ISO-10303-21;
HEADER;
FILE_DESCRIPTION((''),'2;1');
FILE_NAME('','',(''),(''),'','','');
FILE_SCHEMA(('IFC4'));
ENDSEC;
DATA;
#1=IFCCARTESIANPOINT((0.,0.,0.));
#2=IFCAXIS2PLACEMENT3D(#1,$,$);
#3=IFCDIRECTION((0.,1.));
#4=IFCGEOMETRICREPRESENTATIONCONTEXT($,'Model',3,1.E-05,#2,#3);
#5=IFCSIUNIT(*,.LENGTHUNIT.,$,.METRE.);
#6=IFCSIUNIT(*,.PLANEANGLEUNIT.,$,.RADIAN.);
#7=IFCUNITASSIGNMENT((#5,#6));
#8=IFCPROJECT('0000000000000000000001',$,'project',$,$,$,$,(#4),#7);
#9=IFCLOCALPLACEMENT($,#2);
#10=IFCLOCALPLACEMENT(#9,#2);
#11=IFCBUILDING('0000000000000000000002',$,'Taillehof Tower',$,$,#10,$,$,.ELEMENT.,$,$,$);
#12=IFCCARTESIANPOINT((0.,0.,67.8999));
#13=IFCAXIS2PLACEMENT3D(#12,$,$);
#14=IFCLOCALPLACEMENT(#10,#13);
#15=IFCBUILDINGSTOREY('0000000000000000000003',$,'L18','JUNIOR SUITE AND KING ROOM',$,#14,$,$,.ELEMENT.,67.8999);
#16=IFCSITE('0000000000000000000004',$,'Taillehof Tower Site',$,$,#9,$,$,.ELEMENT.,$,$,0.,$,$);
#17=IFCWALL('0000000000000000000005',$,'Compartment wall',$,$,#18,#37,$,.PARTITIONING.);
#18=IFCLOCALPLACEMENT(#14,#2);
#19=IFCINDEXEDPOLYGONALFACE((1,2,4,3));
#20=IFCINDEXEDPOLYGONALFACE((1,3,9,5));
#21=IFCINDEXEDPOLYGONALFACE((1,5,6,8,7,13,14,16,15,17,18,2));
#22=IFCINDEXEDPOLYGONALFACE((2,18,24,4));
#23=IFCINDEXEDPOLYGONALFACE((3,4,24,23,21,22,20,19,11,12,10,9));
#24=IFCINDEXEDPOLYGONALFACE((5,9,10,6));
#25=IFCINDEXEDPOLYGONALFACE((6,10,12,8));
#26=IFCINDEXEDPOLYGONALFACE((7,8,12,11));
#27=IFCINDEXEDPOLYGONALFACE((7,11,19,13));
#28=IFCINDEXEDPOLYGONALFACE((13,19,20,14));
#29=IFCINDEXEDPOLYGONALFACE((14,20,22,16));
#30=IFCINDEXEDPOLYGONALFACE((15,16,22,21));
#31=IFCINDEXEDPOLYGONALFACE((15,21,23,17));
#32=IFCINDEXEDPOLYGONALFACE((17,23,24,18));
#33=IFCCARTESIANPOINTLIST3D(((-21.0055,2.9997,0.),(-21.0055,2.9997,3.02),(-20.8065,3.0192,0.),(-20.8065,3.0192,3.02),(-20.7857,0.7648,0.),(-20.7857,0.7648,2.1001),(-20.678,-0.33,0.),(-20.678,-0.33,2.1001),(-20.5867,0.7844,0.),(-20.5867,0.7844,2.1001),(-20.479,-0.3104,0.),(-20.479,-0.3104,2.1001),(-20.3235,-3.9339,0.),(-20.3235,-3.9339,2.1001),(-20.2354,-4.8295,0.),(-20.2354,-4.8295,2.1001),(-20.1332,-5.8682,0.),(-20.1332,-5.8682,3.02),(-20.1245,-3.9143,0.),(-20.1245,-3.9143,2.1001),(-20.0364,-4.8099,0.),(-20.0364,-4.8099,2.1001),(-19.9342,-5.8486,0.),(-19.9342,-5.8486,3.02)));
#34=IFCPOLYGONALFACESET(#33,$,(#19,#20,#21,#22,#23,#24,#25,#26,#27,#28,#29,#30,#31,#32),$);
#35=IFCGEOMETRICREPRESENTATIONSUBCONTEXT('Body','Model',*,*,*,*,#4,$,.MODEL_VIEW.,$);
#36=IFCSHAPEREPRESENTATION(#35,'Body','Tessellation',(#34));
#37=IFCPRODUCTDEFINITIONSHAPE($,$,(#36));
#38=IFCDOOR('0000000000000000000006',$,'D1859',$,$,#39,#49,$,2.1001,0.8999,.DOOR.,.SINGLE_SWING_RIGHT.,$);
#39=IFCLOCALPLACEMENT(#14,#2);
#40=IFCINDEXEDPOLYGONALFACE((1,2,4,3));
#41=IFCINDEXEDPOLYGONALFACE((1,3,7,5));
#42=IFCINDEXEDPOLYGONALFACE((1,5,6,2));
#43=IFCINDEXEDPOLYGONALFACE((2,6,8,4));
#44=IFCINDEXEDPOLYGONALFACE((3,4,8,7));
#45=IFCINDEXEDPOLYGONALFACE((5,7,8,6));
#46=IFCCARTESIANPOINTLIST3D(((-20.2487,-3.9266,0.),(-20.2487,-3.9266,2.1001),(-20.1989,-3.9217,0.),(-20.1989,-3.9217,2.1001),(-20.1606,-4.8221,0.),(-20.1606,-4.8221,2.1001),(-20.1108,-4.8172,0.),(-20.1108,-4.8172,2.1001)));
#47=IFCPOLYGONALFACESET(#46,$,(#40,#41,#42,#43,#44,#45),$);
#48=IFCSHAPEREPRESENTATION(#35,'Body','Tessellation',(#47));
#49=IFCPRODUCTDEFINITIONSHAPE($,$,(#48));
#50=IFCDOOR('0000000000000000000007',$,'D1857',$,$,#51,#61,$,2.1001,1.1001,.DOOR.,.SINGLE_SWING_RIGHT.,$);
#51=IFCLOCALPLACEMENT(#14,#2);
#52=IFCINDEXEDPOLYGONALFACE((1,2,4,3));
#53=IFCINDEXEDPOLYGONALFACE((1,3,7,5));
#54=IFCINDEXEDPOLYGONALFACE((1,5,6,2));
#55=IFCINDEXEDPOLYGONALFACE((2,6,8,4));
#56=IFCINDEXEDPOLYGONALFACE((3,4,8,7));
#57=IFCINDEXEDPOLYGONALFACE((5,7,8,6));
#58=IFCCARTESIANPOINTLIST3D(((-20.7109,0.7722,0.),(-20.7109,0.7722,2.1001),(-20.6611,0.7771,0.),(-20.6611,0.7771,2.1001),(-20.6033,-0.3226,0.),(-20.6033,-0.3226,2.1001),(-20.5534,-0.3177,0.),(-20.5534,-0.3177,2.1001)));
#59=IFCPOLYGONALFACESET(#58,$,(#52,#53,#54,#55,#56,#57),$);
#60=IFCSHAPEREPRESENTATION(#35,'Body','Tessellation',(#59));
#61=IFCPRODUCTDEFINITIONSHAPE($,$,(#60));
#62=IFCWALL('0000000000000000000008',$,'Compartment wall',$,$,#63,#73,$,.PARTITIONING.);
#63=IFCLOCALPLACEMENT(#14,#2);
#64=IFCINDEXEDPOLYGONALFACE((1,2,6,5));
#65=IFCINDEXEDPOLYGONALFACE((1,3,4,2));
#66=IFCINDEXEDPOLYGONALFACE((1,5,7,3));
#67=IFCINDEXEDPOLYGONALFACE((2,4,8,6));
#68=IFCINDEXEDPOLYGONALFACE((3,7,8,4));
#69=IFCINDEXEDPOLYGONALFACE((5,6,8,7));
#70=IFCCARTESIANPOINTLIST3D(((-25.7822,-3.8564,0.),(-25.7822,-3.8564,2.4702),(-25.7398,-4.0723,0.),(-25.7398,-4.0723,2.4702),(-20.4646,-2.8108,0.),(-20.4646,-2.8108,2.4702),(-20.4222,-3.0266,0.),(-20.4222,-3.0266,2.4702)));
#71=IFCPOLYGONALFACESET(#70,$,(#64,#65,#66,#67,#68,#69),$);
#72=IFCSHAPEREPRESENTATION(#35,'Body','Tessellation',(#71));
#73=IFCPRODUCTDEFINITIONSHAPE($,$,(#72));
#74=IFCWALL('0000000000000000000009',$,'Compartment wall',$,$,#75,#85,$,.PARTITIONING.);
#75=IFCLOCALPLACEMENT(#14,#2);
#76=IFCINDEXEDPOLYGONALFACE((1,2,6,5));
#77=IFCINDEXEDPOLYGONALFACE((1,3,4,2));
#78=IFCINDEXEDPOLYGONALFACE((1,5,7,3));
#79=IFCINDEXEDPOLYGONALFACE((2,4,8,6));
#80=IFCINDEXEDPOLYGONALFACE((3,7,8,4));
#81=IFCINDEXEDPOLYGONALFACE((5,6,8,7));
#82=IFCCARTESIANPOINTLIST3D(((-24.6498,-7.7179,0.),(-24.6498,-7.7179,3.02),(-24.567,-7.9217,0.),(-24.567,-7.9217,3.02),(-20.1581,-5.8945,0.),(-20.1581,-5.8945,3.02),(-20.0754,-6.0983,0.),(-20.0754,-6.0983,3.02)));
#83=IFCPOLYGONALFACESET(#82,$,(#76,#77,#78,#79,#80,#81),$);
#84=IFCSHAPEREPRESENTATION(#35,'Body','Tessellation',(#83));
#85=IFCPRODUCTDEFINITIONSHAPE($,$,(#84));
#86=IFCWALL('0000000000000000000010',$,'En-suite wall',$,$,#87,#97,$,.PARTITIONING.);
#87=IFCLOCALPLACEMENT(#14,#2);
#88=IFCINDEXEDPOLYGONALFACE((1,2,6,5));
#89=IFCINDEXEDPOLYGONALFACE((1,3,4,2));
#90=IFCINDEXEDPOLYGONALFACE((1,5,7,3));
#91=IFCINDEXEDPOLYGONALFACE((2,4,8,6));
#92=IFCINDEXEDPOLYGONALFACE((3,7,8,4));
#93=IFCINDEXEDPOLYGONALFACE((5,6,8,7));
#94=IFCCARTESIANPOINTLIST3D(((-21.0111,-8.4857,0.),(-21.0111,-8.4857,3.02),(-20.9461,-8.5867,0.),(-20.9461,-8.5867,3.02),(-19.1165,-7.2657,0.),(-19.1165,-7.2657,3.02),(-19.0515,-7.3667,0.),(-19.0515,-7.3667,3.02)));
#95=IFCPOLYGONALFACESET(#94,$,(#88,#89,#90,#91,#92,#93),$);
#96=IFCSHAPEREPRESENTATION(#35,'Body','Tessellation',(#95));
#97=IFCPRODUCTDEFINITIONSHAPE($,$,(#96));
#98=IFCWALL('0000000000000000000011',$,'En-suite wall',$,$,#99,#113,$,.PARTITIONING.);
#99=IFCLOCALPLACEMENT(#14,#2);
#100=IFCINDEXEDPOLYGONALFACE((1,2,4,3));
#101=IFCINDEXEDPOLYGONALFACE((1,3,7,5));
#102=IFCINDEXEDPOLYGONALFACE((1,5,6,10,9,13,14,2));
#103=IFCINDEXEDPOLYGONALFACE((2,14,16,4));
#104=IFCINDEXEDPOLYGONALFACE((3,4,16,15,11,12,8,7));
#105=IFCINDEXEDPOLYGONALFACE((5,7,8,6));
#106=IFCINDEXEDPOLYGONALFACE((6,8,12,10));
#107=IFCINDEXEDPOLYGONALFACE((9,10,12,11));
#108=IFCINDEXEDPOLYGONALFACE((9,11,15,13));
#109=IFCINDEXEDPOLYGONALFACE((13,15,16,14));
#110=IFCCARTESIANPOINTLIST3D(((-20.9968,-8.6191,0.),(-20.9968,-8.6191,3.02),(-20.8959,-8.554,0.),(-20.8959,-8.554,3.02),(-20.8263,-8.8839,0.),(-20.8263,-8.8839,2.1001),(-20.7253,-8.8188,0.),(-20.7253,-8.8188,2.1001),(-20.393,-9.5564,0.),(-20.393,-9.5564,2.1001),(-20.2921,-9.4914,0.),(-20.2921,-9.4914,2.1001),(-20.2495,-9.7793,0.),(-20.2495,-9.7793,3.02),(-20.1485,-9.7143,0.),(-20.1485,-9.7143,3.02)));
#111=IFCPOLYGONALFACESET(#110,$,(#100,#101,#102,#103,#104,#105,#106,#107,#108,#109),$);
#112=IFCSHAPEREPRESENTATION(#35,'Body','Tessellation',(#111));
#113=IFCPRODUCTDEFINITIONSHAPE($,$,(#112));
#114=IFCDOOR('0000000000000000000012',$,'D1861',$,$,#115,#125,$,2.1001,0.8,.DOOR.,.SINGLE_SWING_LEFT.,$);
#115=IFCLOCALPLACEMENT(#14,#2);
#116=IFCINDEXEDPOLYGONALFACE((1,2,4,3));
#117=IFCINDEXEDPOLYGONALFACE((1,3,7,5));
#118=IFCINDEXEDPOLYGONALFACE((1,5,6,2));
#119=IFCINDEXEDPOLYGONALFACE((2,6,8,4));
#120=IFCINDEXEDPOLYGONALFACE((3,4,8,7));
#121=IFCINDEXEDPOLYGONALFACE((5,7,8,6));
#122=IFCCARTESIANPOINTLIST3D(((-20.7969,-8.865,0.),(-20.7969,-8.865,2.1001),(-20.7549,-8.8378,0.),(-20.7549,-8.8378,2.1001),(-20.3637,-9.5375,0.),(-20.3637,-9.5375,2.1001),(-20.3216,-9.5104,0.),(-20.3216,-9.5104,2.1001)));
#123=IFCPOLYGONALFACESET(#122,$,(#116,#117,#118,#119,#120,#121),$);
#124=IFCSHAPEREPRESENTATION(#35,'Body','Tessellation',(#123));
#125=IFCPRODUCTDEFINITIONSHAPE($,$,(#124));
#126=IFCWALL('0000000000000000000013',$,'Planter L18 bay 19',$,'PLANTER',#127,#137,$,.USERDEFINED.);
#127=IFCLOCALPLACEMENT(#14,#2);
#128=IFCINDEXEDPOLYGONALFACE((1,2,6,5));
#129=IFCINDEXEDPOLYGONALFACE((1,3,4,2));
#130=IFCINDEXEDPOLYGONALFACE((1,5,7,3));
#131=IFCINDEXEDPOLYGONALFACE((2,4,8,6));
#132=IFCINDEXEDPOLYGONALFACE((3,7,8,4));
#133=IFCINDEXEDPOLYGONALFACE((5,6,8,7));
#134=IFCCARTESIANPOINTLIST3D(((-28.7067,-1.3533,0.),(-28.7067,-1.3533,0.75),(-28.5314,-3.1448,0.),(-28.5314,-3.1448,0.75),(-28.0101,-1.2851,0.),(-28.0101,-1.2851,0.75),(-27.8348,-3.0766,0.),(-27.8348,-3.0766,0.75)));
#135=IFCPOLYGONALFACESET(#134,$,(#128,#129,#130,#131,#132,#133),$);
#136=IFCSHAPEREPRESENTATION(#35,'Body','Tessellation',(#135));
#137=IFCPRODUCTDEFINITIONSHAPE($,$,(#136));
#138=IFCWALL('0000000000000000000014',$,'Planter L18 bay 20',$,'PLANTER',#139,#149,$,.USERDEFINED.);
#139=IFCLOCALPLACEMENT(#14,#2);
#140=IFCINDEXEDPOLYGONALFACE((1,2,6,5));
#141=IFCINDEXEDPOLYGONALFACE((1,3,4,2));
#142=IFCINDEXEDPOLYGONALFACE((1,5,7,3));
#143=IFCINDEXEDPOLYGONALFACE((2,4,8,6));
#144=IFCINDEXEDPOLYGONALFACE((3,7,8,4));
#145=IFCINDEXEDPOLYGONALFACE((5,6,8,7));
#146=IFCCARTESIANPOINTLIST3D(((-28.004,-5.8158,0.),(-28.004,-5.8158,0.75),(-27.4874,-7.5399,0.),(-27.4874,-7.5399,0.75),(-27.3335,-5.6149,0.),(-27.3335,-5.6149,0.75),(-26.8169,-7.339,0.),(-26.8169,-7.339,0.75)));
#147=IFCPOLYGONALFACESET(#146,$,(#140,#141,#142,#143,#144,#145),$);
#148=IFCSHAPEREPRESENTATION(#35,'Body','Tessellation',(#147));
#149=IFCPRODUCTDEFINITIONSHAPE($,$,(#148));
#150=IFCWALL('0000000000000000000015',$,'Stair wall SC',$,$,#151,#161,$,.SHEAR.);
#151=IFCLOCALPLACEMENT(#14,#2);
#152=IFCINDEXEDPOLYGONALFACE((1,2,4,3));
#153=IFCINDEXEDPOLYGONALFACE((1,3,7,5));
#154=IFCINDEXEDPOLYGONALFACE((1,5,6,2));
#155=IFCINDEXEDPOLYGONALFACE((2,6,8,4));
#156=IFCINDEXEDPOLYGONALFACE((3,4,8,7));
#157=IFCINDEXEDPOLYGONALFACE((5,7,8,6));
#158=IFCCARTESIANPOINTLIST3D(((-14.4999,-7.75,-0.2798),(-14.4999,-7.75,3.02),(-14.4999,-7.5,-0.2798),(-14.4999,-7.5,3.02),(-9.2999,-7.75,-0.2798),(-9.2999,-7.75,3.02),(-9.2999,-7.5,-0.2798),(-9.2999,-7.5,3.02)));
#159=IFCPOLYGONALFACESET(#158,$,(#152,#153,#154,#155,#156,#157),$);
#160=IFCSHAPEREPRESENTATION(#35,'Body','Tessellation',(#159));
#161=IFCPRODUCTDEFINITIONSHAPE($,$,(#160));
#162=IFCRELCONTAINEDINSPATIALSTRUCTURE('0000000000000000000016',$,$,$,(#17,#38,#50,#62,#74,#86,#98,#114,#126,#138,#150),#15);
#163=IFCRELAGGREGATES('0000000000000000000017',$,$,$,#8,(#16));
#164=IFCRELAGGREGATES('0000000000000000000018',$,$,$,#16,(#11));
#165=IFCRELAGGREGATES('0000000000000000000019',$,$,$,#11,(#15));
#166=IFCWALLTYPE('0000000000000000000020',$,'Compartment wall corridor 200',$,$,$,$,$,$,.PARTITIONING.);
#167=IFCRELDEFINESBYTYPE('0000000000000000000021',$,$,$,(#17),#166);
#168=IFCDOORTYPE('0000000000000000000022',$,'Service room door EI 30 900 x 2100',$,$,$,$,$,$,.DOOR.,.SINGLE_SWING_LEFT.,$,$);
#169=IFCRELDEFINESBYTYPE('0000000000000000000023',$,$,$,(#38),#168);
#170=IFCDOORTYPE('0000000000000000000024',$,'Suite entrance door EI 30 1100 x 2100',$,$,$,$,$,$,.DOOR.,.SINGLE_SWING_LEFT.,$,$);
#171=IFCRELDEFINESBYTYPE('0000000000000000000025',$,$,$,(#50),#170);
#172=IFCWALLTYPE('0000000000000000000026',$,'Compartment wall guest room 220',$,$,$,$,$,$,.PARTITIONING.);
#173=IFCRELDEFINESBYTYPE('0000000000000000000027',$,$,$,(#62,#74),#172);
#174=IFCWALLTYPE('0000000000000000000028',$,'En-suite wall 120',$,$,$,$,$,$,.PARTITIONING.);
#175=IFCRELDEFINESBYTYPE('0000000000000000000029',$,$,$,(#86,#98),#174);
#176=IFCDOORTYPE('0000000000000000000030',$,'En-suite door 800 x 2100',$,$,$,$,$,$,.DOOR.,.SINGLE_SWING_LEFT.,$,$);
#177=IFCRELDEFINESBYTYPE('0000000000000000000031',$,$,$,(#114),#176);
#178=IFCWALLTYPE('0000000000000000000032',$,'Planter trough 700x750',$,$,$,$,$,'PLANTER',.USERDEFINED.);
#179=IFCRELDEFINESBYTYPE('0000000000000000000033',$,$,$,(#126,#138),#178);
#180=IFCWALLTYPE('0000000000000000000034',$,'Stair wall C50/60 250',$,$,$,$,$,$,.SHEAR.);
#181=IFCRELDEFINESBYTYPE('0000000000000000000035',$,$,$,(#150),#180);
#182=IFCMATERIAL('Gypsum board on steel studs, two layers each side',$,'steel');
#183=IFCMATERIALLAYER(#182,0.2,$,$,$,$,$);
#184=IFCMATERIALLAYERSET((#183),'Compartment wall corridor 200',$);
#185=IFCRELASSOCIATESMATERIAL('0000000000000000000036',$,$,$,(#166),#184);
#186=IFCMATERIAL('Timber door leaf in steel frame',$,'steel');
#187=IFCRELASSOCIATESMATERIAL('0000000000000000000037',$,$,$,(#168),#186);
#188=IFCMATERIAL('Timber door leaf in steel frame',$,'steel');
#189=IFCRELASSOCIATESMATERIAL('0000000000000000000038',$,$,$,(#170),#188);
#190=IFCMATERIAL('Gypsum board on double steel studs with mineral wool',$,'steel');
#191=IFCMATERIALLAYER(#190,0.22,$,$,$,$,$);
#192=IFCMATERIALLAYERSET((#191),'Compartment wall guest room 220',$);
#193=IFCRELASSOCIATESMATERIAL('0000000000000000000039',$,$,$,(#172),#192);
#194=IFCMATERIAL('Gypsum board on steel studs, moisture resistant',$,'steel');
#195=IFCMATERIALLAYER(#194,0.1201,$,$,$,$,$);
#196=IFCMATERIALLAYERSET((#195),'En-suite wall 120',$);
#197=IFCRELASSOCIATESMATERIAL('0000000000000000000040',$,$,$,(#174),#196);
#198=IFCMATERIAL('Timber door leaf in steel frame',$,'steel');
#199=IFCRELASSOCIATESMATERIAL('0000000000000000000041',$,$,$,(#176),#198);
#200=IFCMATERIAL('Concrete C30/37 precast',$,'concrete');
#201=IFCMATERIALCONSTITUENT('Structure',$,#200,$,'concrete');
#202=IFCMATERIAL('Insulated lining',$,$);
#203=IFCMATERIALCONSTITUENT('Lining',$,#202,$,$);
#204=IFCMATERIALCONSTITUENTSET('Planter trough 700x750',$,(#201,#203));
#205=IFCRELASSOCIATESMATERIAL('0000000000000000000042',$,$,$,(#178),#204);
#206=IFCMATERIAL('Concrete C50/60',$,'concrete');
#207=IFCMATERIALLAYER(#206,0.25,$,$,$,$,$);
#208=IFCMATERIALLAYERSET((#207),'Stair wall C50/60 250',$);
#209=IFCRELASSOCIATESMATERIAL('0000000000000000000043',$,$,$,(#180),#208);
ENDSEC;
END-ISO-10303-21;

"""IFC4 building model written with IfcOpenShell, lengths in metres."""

from ifc_helpers import new_model, si_unit, direction, frame, frame_2d, origin, place, context, subcontext, project, spatial, rectangle, extrude, material, layer, layer_set, constituent, constituent_set, type_object, element, fill, save


model = new_model("IFC4")

# Units and contexts
model_context = context("Model", 3, precision=1e-05, world=origin(), true_north=direction((0.0, 1.0)))
body_context = subcontext(model_context, "Body", "Model", "MODEL_VIEW")
ifc_project = project(units=[si_unit("LENGTHUNIT", "METRE"), si_unit("PLANEANGLEUNIT", "RADIAN")], contexts=[model_context])

# Site, building, storey
site_placement = place(None, origin())
site = spatial("IfcSite", under=ifc_project, at=site_placement, Name="Taillehof Tower Site", CompositionType="ELEMENT", RefElevation=0.0)
building_placement = place(site_placement, origin())
building = spatial("IfcBuilding", under=site, at=building_placement, Name="Taillehof Tower", CompositionType="ELEMENT")
storey_placement = place(building_placement, frame((0.0, 0.0, 67.8999)))
storey = spatial("IfcBuildingStorey", under=building, at=storey_placement, Name="L18", Description="JUNIOR SUITE AND KING ROOM", CompositionType="ELEMENT", Elevation=67.8999)

# Wall, openings, doors
ifc_material_1 = material(Name="Gypsum board on steel studs, two layers each side", Category="steel")
ifc_layer_1 = layer(ifc_material_1, 0.2)
ifc_layer_set_1 = layer_set([ifc_layer_1], Name="Compartment wall corridor 200")
wall_type_1 = type_object("IfcWallType", Name="Compartment wall corridor 200", PredefinedType="PARTITIONING", material=ifc_layer_set_1)
wall_1_placement = place(storey_placement, frame((-20.0337, -5.8584, 0.0), z_axis=(0.0, 0.0, 1.0), x_axis=(-0.097895, 0.995197, 0.0)))
wall_1 = element("IfcWall", 1, at=wall_1_placement, inside=storey, type_object=wall_type_1, Name="Compartment wall", PredefinedType="PARTITIONING", context=body_context, shape_type="SweptSolid", body=[
    extrude(rectangle(XDim=8.9106, YDim=0.2, at=frame_2d((4.4553, 0.0))), origin(), (0.0, 0.0, 1.0), 3.02),
])
opening_1_placement = place(wall_1_placement, frame((5.5649, 0.0, 0.0)))
opening_1 = element("IfcOpeningElement", 2, at=opening_1_placement, cuts=wall_1, PredefinedType="OPENING", context=body_context, shape_type="SweptSolid", body=[
    extrude(rectangle(XDim=1.1001, YDim=2.1001, at=frame_2d((0.55, 1.05))), frame((0.0, 0.1099, 0.0), z_axis=(0.0, -1.0, 0.0), x_axis=(1.0, 0.0, 0.0)), (0.0, 0.0, 1.0), 0.22),
])
opening_2_placement = place(wall_1_placement, frame((1.0437, 0.0, 0.0)))
opening_2 = element("IfcOpeningElement", 3, at=opening_2_placement, cuts=wall_1, PredefinedType="OPENING", context=body_context, shape_type="SweptSolid", body=[
    extrude(rectangle(XDim=0.8999, YDim=2.1001, at=frame_2d((0.45, 1.05))), frame((0.0, 0.1099, 0.0), z_axis=(0.0, -1.0, 0.0), x_axis=(1.0, 0.0, 0.0)), (0.0, 0.0, 1.0), 0.22),
])
ifc_material_2 = material(Name="Timber door leaf in steel frame", Category="steel")
door_type_1 = type_object("IfcDoorType", Name="Service room door EI 30 900 x 2100", OperationType="SINGLE_SWING_LEFT", PredefinedType="DOOR", material=ifc_material_2)
door_1_placement = place(opening_2_placement, origin())
door_1 = element("IfcDoor", 4, at=door_1_placement, inside=storey, type_object=door_type_1, Name="D1859", OperationType="SINGLE_SWING_RIGHT", OverallHeight=2.1001, OverallWidth=0.8999, PredefinedType="DOOR", context=body_context, shape_type="SweptSolid", body=[
    extrude(rectangle(XDim=0.8999, YDim=2.1001, at=frame_2d((0.45, 1.05))), frame((0.0, 0.0249, 0.0), z_axis=(0.0, -1.0, 0.0), x_axis=(1.0, 0.0, 0.0)), (0.0, 0.0, 1.0), 0.05),
])
fill(opening_2, door_1)
ifc_material_3 = material(Name="Timber door leaf in steel frame", Category="steel")
door_type_2 = type_object("IfcDoorType", Name="Suite entrance door EI 30 1100 x 2100", OperationType="SINGLE_SWING_LEFT", PredefinedType="DOOR", material=ifc_material_3)
door_2_placement = place(opening_1_placement, origin())
door_2 = element("IfcDoor", 5, at=door_2_placement, inside=storey, type_object=door_type_2, Name="D1857", OperationType="SINGLE_SWING_RIGHT", OverallHeight=2.1001, OverallWidth=1.1001, PredefinedType="DOOR", context=body_context, shape_type="SweptSolid", body=[
    extrude(rectangle(XDim=1.1001, YDim=2.1001, at=frame_2d((0.55, 1.05))), frame((0.0, 0.0249, 0.0), z_axis=(0.0, -1.0, 0.0), x_axis=(1.0, 0.0, 0.0)), (0.0, 0.0, 1.0), 0.05),
])
fill(opening_1, door_2)

# Walls
ifc_material_4 = material(Name="Gypsum board on double steel studs with mineral wool", Category="steel")
ifc_layer_2 = layer(ifc_material_4, 0.22)
ifc_layer_set_2 = layer_set([ifc_layer_2], Name="Compartment wall guest room 220")
wall_type_2 = type_object("IfcWallType", Name="Compartment wall guest room 220", PredefinedType="PARTITIONING", material=ifc_layer_set_2)
wall_2_placement = place(storey_placement, frame((-25.761, -3.9644, 0.0), z_axis=(0.0, 0.0, 1.0), x_axis=(0.98121, 0.192944, 0.0)))
element("IfcWall", 6, at=wall_2_placement, inside=storey, type_object=wall_type_2, Name="Compartment wall", PredefinedType="PARTITIONING", context=body_context, shape_type="SweptSolid", body=[
    extrude(rectangle(XDim=5.4194, YDim=0.22, at=frame_2d((2.7097, 0.0))), origin(), (0.0, 0.0, 1.0), 2.4702),
])
wall_3_placement = place(storey_placement, frame((-24.6084, -7.8198, 0.0), z_axis=(0.0, 0.0, 1.0), x_axis=(0.926558, 0.376153, 0.0)))
element("IfcWall", 7, at=wall_3_placement, inside=storey, type_object=wall_type_2, Name="Compartment wall", PredefinedType="PARTITIONING", context=body_context, shape_type="SweptSolid", body=[
    extrude(rectangle(XDim=4.8477, YDim=0.22, at=frame_2d((2.4238, 0.0))), origin(), (0.0, 0.0, 1.0), 3.02),
])
ifc_material_5 = material(Name="Gypsum board on steel studs, moisture resistant", Category="steel")
ifc_layer_3 = layer(ifc_material_5, 0.1201)
ifc_layer_set_3 = layer_set([ifc_layer_3], Name="En-suite wall 120")
wall_type_3 = type_object("IfcWallType", Name="En-suite wall 120", PredefinedType="PARTITIONING", material=ifc_layer_set_3)
wall_4_placement = place(storey_placement, frame((-19.084, -7.3162, 0.0), z_axis=(0.0, 0.0, 1.0), x_axis=(-0.840763, -0.541404, 0.0)))
element("IfcWall", 8, at=wall_4_placement, inside=storey, type_object=wall_type_3, Name="En-suite wall", PredefinedType="PARTITIONING", context=body_context, shape_type="SweptSolid", body=[
    extrude(rectangle(XDim=2.2534, YDim=0.1201, at=frame_2d((1.1267, 0.0))), origin(), (0.0, 0.0, 1.0), 3.02),
])

# Wall, opening, door
wall_5_placement = place(storey_placement, frame((-20.9463, -8.5867, 0.0), z_axis=(0.0, 0.0, 1.0), x_axis=(0.541526, -0.840684, 0.0)))
wall_5 = element("IfcWall", 9, at=wall_5_placement, inside=storey, type_object=wall_type_3, Name="En-suite wall", PredefinedType="PARTITIONING", context=body_context, shape_type="SweptSolid", body=[
    extrude(rectangle(XDim=1.3801, YDim=0.1201, at=frame_2d((0.6899, 0.0))), origin(), (0.0, 0.0, 1.0), 3.02),
])
opening_3_placement = place(wall_5_placement, frame((0.3149, 0.0, 0.0)))
opening_3 = element("IfcOpeningElement", 10, at=opening_3_placement, cuts=wall_5, PredefinedType="OPENING", context=body_context, shape_type="SweptSolid", body=[
    extrude(rectangle(XDim=0.8, YDim=2.1001, at=frame_2d((0.3999, 1.05))), frame((0.0, 0.0701, 0.0), z_axis=(0.0, -1.0, 0.0), x_axis=(1.0, 0.0, 0.0)), (0.0, 0.0, 1.0), 0.1401),
])
ifc_material_6 = material(Name="Timber door leaf in steel frame", Category="steel")
door_type_3 = type_object("IfcDoorType", Name="En-suite door 800 x 2100", OperationType="SINGLE_SWING_LEFT", PredefinedType="DOOR", material=ifc_material_6)
door_3_placement = place(opening_3_placement, origin())
door_3 = element("IfcDoor", 11, at=door_3_placement, inside=storey, type_object=door_type_3, Name="D1861", OperationType="SINGLE_SWING_LEFT", OverallHeight=2.1001, OverallWidth=0.8, PredefinedType="DOOR", context=body_context, shape_type="SweptSolid", body=[
    extrude(rectangle(XDim=0.8, YDim=2.1001, at=frame_2d((0.3999, 1.05))), frame((0.0, 0.0249, 0.0), z_axis=(0.0, -1.0, 0.0), x_axis=(1.0, 0.0, 0.0)), (0.0, 0.0, 1.0), 0.05),
])
fill(opening_3, door_3)

# Walls
ifc_material_7 = material(Name="Concrete C30/37 precast", Category="concrete")
ifc_constituent_1 = constituent(ifc_material_7, Name="Structure", Category="concrete")
ifc_material_8 = material(Name="Insulated lining")
ifc_constituent_2 = constituent(ifc_material_8, Name="Lining")
ifc_constituent_set = constituent_set(constituents=[ifc_constituent_1, ifc_constituent_2], Name="Planter trough 700x750")
wall_type_4 = type_object("IfcWallType", Name="Planter trough 700x750", ElementType="PLANTER", PredefinedType="USERDEFINED", material=ifc_constituent_set)
wall_6_placement = place(storey_placement, frame((-28.3584, -1.3193, 0.0), z_axis=(0.0, 0.0, 1.0), x_axis=(0.097382, -0.995247, 0.0)))
element("IfcWall", 12, at=wall_6_placement, inside=storey, type_object=wall_type_4, Name="Planter L18 bay 19", ObjectType="PLANTER", PredefinedType="USERDEFINED", context=body_context, shape_type="SweptSolid", body=[
    extrude(rectangle(XDim=1.8, YDim=0.7, at=frame_2d((0.8999, 0.0))), origin(), (0.0, 0.0, 1.0), 0.75),
])
wall_7_placement = place(storey_placement, frame((-27.6687, -5.7153, 0.0), z_axis=(0.0, 0.0, 1.0), x_axis=(0.287024, -0.957923, 0.0)))
element("IfcWall", 13, at=wall_7_placement, inside=storey, type_object=wall_type_4, Name="Planter L18 bay 20", ObjectType="PLANTER", PredefinedType="USERDEFINED", context=body_context, shape_type="SweptSolid", body=[
    extrude(rectangle(XDim=1.7998, YDim=0.7, at=frame_2d((0.8999, 0.0))), origin(), (0.0, 0.0, 1.0), 0.75),
])
ifc_material_9 = material(Name="Concrete C50/60", Category="concrete")
ifc_layer_4 = layer(ifc_material_9, 0.25)
ifc_layer_set_4 = layer_set([ifc_layer_4], Name="Stair wall C50/60 250")
wall_type_5 = type_object("IfcWallType", Name="Stair wall C50/60 250", PredefinedType="SHEAR", material=ifc_layer_set_4)
wall_8_placement = place(storey_placement, frame((-14.5, -7.625, -0.2798), z_axis=(0.0, 0.0, 1.0), x_axis=(1.0, 0.0, 0.0)))
element("IfcWall", 14, at=wall_8_placement, inside=storey, type_object=wall_type_5, Name="Stair wall SC", PredefinedType="SHEAR", context=body_context, shape_type="SweptSolid", body=[
    extrude(rectangle(XDim=5.2, YDim=0.25, at=frame_2d((2.6001, 0.0))), origin(), (0.0, 0.0, 1.0), 3.2998),
])

save(model, "model.ifc")
